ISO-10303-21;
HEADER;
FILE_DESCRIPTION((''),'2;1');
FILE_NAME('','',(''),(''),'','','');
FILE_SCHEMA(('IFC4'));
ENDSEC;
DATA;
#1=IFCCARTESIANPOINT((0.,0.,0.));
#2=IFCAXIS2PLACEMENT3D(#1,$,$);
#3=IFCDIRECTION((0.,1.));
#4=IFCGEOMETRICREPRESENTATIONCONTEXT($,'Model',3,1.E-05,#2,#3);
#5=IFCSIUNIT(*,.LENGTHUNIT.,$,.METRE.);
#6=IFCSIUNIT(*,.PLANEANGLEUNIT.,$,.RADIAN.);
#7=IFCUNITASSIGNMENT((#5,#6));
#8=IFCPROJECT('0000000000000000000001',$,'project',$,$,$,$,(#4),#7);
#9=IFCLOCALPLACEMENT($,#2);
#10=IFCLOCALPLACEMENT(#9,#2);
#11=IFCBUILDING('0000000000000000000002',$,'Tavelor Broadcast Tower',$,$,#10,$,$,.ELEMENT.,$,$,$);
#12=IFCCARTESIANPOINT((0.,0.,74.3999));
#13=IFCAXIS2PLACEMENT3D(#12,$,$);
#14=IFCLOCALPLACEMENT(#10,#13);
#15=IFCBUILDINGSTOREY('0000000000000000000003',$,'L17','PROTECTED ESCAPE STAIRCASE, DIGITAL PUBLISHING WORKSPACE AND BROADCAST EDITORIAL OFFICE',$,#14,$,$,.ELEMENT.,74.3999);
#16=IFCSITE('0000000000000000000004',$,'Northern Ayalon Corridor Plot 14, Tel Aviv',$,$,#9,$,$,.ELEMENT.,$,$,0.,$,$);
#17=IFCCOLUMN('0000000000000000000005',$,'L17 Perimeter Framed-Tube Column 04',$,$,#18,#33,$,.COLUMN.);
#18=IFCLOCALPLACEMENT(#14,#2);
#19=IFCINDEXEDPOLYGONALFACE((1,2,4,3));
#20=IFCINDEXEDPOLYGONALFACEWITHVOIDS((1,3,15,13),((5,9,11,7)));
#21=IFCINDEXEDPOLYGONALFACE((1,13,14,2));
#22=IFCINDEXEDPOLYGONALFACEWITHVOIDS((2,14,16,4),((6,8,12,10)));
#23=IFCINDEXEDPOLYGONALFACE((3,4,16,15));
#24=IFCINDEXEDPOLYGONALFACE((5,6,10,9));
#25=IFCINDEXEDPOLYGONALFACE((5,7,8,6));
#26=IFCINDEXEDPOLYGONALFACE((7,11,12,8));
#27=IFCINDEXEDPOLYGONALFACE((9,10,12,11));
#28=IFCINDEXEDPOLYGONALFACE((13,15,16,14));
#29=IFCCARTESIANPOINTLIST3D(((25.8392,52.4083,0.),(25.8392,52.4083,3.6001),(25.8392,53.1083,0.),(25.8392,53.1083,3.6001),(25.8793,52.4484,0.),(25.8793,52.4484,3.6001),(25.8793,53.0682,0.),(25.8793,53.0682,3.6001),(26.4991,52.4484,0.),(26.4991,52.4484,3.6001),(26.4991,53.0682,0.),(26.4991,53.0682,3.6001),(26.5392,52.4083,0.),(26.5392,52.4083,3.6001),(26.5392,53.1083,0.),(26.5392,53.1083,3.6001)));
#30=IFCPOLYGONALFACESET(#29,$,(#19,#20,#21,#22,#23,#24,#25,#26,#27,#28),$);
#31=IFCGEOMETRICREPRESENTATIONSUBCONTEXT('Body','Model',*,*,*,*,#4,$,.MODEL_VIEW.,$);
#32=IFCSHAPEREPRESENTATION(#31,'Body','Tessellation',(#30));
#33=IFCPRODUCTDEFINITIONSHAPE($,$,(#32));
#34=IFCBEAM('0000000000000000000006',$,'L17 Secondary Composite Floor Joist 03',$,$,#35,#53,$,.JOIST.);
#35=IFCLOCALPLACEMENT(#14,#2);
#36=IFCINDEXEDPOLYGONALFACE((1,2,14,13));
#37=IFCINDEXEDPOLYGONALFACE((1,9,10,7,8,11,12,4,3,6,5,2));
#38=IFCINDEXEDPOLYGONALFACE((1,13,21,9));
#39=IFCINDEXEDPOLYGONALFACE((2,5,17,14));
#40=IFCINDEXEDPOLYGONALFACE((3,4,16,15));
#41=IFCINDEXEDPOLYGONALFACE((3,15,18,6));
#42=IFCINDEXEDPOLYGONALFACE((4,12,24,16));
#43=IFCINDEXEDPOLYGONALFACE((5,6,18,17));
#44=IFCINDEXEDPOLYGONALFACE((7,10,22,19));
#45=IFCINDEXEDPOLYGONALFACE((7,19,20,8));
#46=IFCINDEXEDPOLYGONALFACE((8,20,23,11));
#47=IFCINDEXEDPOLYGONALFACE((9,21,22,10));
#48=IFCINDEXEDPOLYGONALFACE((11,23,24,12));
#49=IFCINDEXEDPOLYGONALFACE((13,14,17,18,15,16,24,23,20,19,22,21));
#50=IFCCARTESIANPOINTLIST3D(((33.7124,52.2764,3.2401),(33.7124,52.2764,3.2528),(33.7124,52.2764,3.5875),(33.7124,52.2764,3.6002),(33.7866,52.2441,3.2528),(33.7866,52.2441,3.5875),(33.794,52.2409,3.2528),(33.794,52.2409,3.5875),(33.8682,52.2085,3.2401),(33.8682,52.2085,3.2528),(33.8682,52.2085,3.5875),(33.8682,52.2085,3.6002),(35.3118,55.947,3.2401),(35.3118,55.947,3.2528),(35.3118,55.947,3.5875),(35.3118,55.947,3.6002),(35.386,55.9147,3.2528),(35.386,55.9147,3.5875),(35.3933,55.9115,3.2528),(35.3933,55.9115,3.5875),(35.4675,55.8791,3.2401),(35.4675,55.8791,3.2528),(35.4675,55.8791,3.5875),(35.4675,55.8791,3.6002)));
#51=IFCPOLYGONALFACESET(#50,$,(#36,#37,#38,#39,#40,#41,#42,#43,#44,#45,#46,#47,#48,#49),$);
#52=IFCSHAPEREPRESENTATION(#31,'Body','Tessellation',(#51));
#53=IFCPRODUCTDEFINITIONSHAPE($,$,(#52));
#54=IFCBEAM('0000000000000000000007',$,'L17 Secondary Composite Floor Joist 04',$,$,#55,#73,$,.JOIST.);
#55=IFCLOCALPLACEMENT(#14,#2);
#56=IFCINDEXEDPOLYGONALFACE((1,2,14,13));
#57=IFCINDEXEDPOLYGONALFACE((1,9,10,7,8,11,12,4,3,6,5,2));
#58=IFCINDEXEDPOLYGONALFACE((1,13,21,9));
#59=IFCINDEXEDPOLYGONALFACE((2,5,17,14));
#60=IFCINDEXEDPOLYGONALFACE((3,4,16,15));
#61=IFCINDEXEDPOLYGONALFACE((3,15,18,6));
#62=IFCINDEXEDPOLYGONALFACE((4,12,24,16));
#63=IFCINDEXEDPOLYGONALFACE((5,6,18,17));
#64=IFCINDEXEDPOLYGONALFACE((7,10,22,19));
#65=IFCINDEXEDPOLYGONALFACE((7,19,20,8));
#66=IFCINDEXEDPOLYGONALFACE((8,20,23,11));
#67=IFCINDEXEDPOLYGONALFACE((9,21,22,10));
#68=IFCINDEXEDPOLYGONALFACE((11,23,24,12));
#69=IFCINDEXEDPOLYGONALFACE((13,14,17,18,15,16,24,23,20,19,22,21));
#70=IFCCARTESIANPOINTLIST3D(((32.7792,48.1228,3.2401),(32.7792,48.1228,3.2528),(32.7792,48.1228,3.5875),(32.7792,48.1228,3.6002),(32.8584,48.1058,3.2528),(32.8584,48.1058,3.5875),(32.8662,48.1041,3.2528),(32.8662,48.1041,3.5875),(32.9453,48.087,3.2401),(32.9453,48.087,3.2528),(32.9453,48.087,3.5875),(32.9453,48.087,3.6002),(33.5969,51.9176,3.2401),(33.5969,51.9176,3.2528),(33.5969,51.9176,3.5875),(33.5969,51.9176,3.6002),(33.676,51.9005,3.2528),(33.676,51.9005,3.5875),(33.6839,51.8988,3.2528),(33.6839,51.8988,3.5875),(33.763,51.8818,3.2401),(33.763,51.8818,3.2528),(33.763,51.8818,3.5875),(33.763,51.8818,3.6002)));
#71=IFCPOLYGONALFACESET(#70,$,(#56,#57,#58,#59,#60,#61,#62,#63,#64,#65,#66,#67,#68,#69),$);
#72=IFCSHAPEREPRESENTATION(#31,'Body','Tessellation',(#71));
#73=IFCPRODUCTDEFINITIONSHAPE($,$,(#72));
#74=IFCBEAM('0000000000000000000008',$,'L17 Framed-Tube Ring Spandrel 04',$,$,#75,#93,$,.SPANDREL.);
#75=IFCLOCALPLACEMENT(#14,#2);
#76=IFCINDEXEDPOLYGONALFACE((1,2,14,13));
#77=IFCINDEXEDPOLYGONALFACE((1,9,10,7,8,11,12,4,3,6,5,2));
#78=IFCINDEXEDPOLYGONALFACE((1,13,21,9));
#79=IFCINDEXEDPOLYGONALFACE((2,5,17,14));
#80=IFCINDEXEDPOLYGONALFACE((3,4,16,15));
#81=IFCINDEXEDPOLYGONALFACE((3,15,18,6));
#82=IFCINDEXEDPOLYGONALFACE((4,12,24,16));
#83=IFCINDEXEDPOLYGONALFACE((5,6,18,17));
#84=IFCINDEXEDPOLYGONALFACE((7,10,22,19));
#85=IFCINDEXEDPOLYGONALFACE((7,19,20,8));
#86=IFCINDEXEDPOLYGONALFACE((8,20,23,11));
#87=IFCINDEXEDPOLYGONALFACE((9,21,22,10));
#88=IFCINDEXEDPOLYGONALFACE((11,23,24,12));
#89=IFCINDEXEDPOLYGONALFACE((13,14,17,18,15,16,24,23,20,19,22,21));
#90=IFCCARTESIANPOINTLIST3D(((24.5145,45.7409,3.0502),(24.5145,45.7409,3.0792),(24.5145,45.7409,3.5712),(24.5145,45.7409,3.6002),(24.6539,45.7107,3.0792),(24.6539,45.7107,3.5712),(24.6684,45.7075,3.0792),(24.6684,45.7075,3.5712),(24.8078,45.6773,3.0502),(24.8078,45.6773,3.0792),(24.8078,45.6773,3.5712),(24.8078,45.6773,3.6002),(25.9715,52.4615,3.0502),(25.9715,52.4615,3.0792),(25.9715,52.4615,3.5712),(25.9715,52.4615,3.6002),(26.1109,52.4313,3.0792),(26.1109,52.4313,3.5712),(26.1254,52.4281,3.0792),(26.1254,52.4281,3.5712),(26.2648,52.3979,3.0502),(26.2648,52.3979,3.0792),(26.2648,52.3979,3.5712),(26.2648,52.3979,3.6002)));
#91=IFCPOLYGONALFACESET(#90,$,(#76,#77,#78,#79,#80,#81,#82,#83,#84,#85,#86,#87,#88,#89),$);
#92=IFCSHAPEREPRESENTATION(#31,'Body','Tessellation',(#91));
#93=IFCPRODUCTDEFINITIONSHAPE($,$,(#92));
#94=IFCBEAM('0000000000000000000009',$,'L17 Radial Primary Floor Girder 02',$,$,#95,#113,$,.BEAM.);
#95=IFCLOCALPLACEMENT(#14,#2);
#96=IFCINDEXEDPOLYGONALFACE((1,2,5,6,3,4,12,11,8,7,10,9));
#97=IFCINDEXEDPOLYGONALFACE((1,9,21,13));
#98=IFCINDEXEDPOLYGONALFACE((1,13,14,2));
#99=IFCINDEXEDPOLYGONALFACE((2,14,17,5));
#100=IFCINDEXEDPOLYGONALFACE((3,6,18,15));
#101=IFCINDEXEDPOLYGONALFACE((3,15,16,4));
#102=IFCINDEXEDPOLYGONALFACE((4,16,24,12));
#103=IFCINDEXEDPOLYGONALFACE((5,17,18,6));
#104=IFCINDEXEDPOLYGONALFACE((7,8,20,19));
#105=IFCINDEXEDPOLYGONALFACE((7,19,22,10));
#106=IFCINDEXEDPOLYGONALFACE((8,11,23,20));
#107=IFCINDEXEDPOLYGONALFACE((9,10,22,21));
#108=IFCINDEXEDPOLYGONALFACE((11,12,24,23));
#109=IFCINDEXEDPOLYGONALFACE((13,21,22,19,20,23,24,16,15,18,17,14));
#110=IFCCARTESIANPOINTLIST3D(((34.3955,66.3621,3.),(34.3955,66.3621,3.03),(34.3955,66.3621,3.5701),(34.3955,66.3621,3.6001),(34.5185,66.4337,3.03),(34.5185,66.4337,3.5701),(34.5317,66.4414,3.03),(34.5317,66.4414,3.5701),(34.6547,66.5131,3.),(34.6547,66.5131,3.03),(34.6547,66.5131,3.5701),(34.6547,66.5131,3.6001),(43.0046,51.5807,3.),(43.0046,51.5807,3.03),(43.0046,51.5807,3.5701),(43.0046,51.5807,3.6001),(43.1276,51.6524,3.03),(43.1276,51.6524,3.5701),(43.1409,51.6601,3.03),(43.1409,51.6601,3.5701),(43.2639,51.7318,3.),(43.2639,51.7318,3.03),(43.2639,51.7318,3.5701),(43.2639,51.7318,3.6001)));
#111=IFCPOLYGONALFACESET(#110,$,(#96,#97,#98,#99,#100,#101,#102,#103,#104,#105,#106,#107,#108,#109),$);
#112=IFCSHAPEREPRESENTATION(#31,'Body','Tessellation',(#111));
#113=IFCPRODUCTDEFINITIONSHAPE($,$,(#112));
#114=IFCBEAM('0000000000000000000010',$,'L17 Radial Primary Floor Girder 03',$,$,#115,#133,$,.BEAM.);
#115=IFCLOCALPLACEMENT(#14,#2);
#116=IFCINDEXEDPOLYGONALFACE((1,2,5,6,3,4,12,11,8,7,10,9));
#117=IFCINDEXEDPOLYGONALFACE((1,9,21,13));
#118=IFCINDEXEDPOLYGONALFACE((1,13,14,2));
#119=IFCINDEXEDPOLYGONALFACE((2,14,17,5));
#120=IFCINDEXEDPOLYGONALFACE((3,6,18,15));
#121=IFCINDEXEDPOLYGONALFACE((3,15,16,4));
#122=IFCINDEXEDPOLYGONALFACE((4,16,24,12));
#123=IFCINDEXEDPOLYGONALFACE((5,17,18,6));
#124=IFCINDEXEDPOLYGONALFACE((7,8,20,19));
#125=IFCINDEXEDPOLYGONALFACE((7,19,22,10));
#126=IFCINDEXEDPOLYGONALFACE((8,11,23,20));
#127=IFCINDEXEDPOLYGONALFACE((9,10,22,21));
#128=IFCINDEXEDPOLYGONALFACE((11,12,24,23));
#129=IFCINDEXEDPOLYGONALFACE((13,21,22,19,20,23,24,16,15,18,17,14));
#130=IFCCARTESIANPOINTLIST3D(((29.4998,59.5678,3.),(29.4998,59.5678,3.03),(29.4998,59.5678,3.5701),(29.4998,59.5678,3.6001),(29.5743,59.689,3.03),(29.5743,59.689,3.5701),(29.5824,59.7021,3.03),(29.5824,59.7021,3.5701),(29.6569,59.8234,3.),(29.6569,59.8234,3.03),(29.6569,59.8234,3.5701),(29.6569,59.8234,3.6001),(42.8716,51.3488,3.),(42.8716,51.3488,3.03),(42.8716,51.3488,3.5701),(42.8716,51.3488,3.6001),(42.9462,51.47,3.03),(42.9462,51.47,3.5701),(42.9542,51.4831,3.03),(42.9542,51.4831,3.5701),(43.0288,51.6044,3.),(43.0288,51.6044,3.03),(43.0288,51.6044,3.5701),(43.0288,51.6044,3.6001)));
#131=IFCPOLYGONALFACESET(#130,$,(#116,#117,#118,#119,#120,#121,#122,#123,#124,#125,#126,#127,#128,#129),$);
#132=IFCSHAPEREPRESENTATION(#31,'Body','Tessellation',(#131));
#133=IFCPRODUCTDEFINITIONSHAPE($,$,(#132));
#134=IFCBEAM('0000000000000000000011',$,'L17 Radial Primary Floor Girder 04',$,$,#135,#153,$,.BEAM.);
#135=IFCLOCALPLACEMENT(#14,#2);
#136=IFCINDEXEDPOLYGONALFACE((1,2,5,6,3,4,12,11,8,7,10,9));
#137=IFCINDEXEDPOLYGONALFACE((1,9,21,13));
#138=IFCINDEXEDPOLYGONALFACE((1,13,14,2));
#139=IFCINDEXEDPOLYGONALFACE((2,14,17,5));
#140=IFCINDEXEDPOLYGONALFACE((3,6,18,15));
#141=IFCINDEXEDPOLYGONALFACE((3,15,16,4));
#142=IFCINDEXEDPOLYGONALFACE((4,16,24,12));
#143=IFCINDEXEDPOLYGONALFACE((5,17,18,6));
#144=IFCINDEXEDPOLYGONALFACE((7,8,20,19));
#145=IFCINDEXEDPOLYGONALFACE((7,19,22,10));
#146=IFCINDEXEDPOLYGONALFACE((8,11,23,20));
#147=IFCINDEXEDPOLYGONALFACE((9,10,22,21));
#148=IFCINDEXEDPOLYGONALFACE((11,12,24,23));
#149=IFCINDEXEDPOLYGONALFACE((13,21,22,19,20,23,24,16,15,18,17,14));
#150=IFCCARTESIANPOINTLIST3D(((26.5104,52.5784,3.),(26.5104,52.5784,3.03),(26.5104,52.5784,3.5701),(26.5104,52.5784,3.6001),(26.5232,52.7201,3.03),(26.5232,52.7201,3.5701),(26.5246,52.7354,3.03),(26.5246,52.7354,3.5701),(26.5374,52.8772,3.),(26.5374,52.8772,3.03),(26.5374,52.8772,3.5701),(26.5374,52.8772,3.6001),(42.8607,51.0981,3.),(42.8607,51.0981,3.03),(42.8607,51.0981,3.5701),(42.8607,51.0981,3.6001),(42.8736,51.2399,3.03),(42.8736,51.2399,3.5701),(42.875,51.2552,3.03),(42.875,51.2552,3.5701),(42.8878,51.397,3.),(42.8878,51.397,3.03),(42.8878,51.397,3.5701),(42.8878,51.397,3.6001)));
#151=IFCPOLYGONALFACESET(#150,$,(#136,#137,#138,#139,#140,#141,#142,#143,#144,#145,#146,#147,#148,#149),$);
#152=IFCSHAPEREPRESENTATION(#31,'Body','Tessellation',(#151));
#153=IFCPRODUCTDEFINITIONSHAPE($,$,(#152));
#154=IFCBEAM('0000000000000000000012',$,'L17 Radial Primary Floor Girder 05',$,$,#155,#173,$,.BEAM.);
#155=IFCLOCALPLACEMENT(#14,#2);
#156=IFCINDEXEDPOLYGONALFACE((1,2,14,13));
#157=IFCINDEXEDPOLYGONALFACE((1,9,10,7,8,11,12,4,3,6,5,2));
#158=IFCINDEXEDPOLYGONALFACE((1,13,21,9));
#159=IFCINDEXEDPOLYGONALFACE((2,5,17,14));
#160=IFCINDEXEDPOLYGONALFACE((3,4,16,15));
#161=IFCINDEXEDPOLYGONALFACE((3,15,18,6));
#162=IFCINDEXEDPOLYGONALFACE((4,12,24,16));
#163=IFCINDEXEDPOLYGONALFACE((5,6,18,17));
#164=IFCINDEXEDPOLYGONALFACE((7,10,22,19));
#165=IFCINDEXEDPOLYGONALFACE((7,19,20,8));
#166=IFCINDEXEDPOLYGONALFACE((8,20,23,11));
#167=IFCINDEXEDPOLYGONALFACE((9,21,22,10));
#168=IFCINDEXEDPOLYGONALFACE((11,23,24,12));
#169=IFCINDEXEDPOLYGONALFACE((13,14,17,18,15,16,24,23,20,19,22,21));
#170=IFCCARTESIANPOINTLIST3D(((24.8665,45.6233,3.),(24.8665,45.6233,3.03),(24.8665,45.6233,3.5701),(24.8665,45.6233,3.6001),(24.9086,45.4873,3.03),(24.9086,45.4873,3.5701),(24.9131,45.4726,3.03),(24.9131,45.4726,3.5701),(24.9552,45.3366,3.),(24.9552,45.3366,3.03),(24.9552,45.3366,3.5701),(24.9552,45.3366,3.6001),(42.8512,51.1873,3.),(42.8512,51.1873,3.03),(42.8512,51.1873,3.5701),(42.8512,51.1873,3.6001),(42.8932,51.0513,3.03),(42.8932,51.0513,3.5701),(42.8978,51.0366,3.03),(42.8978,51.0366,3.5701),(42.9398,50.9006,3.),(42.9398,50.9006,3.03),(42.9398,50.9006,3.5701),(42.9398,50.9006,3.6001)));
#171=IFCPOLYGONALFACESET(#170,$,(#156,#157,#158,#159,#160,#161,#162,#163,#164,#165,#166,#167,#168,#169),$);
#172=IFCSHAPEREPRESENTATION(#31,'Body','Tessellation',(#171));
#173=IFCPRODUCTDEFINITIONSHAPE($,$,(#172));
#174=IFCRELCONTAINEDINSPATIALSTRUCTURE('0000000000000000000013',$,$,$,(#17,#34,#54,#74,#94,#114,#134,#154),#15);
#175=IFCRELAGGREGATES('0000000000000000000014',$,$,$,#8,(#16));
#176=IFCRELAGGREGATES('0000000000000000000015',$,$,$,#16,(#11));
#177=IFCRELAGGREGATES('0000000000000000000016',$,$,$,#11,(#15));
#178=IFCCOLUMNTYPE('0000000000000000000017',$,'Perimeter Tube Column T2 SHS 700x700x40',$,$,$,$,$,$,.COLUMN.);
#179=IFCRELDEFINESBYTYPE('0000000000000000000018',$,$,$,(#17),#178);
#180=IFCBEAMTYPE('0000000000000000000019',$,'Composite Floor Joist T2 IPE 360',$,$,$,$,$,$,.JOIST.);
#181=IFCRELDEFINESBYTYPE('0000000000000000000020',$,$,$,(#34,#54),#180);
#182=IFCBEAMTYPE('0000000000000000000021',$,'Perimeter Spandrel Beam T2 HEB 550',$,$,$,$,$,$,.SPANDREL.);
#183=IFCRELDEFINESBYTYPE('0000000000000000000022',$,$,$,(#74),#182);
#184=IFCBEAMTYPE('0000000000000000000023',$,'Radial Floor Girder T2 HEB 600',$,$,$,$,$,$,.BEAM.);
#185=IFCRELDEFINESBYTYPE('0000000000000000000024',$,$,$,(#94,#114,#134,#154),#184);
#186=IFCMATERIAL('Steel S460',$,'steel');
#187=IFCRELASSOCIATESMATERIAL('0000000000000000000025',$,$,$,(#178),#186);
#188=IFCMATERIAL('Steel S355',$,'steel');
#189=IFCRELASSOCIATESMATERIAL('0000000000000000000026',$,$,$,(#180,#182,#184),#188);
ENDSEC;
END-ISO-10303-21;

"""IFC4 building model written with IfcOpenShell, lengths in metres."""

from ifc_helpers import new_model, si_unit, direction, frame, origin, origin_2d, place, context, subcontext, project, spatial, hollow_rectangle, i_section, extrude, material, material_profile, profile_set, type_object, element, save


model = new_model("IFC4")

# Units and contexts
model_context = context("Model", 3, precision=1e-05, world=origin(), true_north=direction((0.0, 1.0)))
body_context = subcontext(model_context, "Body", "Model", "MODEL_VIEW")
ifc_project = project(units=[si_unit("LENGTHUNIT", "METRE"), si_unit("PLANEANGLEUNIT", "RADIAN")], contexts=[model_context])

# Site, building, storey
site_placement = place(None, origin())
site = spatial("IfcSite", under=ifc_project, at=site_placement, Name="Northern Ayalon Corridor Plot 14, Tel Aviv", CompositionType="ELEMENT", RefElevation=0.0)
building_placement = place(site_placement, origin())
building = spatial("IfcBuilding", under=site, at=building_placement, Name="Tavelor Broadcast Tower", CompositionType="ELEMENT")
storey_placement = place(building_placement, frame((0.0, 0.0, 74.3999)))
storey = spatial("IfcBuildingStorey", under=building, at=storey_placement, Name="L17", Description="PROTECTED ESCAPE STAIRCASE, DIGITAL PUBLISHING WORKSPACE AND BROADCAST EDITORIAL OFFICE", CompositionType="ELEMENT", Elevation=74.3999)

# Column
ifc_material_1 = material(Name="Steel S460", Category="steel")
ifc_material_profile_1 = material_profile(ifc_material_1, hollow_rectangle(XDim=0.7, YDim=0.7, WallThickness=0.04, at=origin_2d()), Name="SHS 700x700x40")
ifc_profile_set_1 = profile_set([ifc_material_profile_1], Name="Steel S460")
column_type = type_object("IfcColumnType", Name="Perimeter Tube Column T2 SHS 700x700x40", PredefinedType="COLUMN", material=ifc_profile_set_1)
column_placement = place(storey_placement, frame((26.1892, 52.7583, 0.0), z_axis=(0.0, 0.0, 1.0), x_axis=(1.0, 0.0, 0.0)))
element("IfcColumn", 1, at=column_placement, inside=storey, type_object=column_type, Name="L17 Perimeter Framed-Tube Column 04", PredefinedType="COLUMN", context=body_context, shape_type="SweptSolid", body=[
    extrude(hollow_rectangle(XDim=0.7, YDim=0.7, WallThickness=0.04, at=origin_2d()), origin(), (0.0, 0.0, 1.0), 3.6001),
])

# Beams
ifc_material_2 = material(Name="Steel S355", Category="steel")
ifc_material_profile_2 = material_profile(ifc_material_2, i_section(OverallWidth=0.1699, OverallDepth=0.3601, WebThickness=0.0081, FlangeThickness=0.0127, at=origin_2d()), Name="IPE 360")
ifc_profile_set_2 = profile_set([ifc_material_profile_2], Name="Steel S355")
beam_type_1 = type_object("IfcBeamType", Name="Composite Floor Joist T2 IPE 360", PredefinedType="JOIST", material=ifc_profile_set_2)
beam_1_placement = place(storey_placement, frame((35.3896, 55.9131, 3.4202), z_axis=(-0.399446, -0.916757, 0.0), x_axis=(0.916757, -0.399446, 0.0)))
element("IfcBeam", 2, at=beam_1_placement, inside=storey, type_object=beam_type_1, Name="L17 Secondary Composite Floor Joist 03", PredefinedType="JOIST", context=body_context, shape_type="SweptSolid", body=[
    extrude(i_section(OverallWidth=0.1699, OverallDepth=0.3601, WebThickness=0.0081, FlangeThickness=0.0127, at=origin_2d()), origin(), (0.0, 0.0, 1.0), 4.0039),
])
beam_2_placement = place(storey_placement, frame((33.6799, 51.8997, 3.4202), z_axis=(-0.210633, -0.977565, 0.0), x_axis=(0.977565, -0.210633, 0.0)))
element("IfcBeam", 3, at=beam_2_placement, inside=storey, type_object=beam_type_1, Name="L17 Secondary Composite Floor Joist 04", PredefinedType="JOIST", context=body_context, shape_type="SweptSolid", body=[
    extrude(i_section(OverallWidth=0.1699, OverallDepth=0.3601, WebThickness=0.0081, FlangeThickness=0.0127, at=origin_2d()), origin(), (0.0, 0.0, 1.0), 3.8818),
])
ifc_material_profile_3 = material_profile(ifc_material_2, i_section(OverallWidth=0.3, OverallDepth=0.55, WebThickness=0.0149, FlangeThickness=0.0291, at=origin_2d()), Name="HEB 550")
ifc_profile_set_3 = profile_set([ifc_material_profile_3], Name="Steel S355")
beam_type_2 = type_object("IfcBeamType", Name="Perimeter Spandrel Beam T2 HEB 550", PredefinedType="SPANDREL", material=ifc_profile_set_3)
beam_3_placement = place(storey_placement, frame((26.1182, 52.4297, 3.3252), z_axis=(-0.211875, -0.977297, 0.0), x_axis=(0.977297, -0.211875, 0.0)))
element("IfcBeam", 4, at=beam_3_placement, inside=storey, type_object=beam_type_2, Name="L17 Framed-Tube Ring Spandrel 04", PredefinedType="SPANDREL", context=body_context, shape_type="SweptSolid", body=[
    extrude(i_section(OverallWidth=0.3, OverallDepth=0.55, WebThickness=0.0149, FlangeThickness=0.0291, at=origin_2d()), origin(), (0.0, 0.0, 1.0), 6.8767),
])
ifc_material_profile_4 = material_profile(ifc_material_2, i_section(OverallWidth=0.3, OverallDepth=0.6001, WebThickness=0.0154, FlangeThickness=0.03, at=origin_2d()), Name="HEB 600")
ifc_profile_set_4 = profile_set([ifc_material_profile_4], Name="Steel S355")
beam_type_3 = type_object("IfcBeamType", Name="Radial Floor Girder T2 HEB 600", PredefinedType="BEAM", material=ifc_profile_set_4)
beam_4_placement = place(storey_placement, frame((43.1343, 51.6562, 3.3), z_axis=(-0.503292, 0.864116, 0.0), x_axis=(-0.864116, -0.503292, 0.0)))
element("IfcBeam", 5, at=beam_4_placement, inside=storey, type_object=beam_type_3, Name="L17 Radial Primary Floor Girder 02", PredefinedType="BEAM", context=body_context, shape_type="SweptSolid", body=[
    extrude(i_section(OverallWidth=0.3, OverallDepth=0.6001, WebThickness=0.0154, FlangeThickness=0.03, at=origin_2d()), origin(), (0.0, 0.0, 1.0), 17.1057),
])
beam_5_placement = place(storey_placement, frame((42.9502, 51.4766, 3.3), z_axis=(-0.851938, 0.523643, 0.0), x_axis=(-0.523643, -0.851938, 0.0)))
element("IfcBeam", 6, at=beam_5_placement, inside=storey, type_object=beam_type_3, Name="L17 Radial Primary Floor Girder 03", PredefinedType="BEAM", context=body_context, shape_type="SweptSolid", body=[
    extrude(i_section(OverallWidth=0.3, OverallDepth=0.6001, WebThickness=0.0154, FlangeThickness=0.03, at=origin_2d()), origin(), (0.0, 0.0, 1.0), 15.6958),
])
beam_6_placement = place(storey_placement, frame((42.8743, 51.2476, 3.3), z_axis=(-0.995927, 0.090163, 0.0), x_axis=(-0.090163, -0.995927, 0.0)))
element("IfcBeam", 7, at=beam_6_placement, inside=storey, type_object=beam_type_3, Name="L17 Radial Primary Floor Girder 04", PredefinedType="BEAM", context=body_context, shape_type="SweptSolid", body=[
    extrude(i_section(OverallWidth=0.3, OverallDepth=0.6001, WebThickness=0.0154, FlangeThickness=0.03, at=origin_2d()), origin(), (0.0, 0.0, 1.0), 16.4172),
])
beam_7_placement = place(storey_placement, frame((42.8955, 51.0439, 3.3), z_axis=(-0.955326, -0.295553, 0.0), x_axis=(0.295553, -0.955326, 0.0)))
element("IfcBeam", 8, at=beam_7_placement, inside=storey, type_object=beam_type_3, Name="L17 Radial Primary Floor Girder 05", PredefinedType="BEAM", context=body_context, shape_type="SweptSolid", body=[
    extrude(i_section(OverallWidth=0.3, OverallDepth=0.6001, WebThickness=0.0154, FlangeThickness=0.03, at=origin_2d()), origin(), (0.0, 0.0, 1.0), 18.8257),
])

save(model, "model.ifc")
